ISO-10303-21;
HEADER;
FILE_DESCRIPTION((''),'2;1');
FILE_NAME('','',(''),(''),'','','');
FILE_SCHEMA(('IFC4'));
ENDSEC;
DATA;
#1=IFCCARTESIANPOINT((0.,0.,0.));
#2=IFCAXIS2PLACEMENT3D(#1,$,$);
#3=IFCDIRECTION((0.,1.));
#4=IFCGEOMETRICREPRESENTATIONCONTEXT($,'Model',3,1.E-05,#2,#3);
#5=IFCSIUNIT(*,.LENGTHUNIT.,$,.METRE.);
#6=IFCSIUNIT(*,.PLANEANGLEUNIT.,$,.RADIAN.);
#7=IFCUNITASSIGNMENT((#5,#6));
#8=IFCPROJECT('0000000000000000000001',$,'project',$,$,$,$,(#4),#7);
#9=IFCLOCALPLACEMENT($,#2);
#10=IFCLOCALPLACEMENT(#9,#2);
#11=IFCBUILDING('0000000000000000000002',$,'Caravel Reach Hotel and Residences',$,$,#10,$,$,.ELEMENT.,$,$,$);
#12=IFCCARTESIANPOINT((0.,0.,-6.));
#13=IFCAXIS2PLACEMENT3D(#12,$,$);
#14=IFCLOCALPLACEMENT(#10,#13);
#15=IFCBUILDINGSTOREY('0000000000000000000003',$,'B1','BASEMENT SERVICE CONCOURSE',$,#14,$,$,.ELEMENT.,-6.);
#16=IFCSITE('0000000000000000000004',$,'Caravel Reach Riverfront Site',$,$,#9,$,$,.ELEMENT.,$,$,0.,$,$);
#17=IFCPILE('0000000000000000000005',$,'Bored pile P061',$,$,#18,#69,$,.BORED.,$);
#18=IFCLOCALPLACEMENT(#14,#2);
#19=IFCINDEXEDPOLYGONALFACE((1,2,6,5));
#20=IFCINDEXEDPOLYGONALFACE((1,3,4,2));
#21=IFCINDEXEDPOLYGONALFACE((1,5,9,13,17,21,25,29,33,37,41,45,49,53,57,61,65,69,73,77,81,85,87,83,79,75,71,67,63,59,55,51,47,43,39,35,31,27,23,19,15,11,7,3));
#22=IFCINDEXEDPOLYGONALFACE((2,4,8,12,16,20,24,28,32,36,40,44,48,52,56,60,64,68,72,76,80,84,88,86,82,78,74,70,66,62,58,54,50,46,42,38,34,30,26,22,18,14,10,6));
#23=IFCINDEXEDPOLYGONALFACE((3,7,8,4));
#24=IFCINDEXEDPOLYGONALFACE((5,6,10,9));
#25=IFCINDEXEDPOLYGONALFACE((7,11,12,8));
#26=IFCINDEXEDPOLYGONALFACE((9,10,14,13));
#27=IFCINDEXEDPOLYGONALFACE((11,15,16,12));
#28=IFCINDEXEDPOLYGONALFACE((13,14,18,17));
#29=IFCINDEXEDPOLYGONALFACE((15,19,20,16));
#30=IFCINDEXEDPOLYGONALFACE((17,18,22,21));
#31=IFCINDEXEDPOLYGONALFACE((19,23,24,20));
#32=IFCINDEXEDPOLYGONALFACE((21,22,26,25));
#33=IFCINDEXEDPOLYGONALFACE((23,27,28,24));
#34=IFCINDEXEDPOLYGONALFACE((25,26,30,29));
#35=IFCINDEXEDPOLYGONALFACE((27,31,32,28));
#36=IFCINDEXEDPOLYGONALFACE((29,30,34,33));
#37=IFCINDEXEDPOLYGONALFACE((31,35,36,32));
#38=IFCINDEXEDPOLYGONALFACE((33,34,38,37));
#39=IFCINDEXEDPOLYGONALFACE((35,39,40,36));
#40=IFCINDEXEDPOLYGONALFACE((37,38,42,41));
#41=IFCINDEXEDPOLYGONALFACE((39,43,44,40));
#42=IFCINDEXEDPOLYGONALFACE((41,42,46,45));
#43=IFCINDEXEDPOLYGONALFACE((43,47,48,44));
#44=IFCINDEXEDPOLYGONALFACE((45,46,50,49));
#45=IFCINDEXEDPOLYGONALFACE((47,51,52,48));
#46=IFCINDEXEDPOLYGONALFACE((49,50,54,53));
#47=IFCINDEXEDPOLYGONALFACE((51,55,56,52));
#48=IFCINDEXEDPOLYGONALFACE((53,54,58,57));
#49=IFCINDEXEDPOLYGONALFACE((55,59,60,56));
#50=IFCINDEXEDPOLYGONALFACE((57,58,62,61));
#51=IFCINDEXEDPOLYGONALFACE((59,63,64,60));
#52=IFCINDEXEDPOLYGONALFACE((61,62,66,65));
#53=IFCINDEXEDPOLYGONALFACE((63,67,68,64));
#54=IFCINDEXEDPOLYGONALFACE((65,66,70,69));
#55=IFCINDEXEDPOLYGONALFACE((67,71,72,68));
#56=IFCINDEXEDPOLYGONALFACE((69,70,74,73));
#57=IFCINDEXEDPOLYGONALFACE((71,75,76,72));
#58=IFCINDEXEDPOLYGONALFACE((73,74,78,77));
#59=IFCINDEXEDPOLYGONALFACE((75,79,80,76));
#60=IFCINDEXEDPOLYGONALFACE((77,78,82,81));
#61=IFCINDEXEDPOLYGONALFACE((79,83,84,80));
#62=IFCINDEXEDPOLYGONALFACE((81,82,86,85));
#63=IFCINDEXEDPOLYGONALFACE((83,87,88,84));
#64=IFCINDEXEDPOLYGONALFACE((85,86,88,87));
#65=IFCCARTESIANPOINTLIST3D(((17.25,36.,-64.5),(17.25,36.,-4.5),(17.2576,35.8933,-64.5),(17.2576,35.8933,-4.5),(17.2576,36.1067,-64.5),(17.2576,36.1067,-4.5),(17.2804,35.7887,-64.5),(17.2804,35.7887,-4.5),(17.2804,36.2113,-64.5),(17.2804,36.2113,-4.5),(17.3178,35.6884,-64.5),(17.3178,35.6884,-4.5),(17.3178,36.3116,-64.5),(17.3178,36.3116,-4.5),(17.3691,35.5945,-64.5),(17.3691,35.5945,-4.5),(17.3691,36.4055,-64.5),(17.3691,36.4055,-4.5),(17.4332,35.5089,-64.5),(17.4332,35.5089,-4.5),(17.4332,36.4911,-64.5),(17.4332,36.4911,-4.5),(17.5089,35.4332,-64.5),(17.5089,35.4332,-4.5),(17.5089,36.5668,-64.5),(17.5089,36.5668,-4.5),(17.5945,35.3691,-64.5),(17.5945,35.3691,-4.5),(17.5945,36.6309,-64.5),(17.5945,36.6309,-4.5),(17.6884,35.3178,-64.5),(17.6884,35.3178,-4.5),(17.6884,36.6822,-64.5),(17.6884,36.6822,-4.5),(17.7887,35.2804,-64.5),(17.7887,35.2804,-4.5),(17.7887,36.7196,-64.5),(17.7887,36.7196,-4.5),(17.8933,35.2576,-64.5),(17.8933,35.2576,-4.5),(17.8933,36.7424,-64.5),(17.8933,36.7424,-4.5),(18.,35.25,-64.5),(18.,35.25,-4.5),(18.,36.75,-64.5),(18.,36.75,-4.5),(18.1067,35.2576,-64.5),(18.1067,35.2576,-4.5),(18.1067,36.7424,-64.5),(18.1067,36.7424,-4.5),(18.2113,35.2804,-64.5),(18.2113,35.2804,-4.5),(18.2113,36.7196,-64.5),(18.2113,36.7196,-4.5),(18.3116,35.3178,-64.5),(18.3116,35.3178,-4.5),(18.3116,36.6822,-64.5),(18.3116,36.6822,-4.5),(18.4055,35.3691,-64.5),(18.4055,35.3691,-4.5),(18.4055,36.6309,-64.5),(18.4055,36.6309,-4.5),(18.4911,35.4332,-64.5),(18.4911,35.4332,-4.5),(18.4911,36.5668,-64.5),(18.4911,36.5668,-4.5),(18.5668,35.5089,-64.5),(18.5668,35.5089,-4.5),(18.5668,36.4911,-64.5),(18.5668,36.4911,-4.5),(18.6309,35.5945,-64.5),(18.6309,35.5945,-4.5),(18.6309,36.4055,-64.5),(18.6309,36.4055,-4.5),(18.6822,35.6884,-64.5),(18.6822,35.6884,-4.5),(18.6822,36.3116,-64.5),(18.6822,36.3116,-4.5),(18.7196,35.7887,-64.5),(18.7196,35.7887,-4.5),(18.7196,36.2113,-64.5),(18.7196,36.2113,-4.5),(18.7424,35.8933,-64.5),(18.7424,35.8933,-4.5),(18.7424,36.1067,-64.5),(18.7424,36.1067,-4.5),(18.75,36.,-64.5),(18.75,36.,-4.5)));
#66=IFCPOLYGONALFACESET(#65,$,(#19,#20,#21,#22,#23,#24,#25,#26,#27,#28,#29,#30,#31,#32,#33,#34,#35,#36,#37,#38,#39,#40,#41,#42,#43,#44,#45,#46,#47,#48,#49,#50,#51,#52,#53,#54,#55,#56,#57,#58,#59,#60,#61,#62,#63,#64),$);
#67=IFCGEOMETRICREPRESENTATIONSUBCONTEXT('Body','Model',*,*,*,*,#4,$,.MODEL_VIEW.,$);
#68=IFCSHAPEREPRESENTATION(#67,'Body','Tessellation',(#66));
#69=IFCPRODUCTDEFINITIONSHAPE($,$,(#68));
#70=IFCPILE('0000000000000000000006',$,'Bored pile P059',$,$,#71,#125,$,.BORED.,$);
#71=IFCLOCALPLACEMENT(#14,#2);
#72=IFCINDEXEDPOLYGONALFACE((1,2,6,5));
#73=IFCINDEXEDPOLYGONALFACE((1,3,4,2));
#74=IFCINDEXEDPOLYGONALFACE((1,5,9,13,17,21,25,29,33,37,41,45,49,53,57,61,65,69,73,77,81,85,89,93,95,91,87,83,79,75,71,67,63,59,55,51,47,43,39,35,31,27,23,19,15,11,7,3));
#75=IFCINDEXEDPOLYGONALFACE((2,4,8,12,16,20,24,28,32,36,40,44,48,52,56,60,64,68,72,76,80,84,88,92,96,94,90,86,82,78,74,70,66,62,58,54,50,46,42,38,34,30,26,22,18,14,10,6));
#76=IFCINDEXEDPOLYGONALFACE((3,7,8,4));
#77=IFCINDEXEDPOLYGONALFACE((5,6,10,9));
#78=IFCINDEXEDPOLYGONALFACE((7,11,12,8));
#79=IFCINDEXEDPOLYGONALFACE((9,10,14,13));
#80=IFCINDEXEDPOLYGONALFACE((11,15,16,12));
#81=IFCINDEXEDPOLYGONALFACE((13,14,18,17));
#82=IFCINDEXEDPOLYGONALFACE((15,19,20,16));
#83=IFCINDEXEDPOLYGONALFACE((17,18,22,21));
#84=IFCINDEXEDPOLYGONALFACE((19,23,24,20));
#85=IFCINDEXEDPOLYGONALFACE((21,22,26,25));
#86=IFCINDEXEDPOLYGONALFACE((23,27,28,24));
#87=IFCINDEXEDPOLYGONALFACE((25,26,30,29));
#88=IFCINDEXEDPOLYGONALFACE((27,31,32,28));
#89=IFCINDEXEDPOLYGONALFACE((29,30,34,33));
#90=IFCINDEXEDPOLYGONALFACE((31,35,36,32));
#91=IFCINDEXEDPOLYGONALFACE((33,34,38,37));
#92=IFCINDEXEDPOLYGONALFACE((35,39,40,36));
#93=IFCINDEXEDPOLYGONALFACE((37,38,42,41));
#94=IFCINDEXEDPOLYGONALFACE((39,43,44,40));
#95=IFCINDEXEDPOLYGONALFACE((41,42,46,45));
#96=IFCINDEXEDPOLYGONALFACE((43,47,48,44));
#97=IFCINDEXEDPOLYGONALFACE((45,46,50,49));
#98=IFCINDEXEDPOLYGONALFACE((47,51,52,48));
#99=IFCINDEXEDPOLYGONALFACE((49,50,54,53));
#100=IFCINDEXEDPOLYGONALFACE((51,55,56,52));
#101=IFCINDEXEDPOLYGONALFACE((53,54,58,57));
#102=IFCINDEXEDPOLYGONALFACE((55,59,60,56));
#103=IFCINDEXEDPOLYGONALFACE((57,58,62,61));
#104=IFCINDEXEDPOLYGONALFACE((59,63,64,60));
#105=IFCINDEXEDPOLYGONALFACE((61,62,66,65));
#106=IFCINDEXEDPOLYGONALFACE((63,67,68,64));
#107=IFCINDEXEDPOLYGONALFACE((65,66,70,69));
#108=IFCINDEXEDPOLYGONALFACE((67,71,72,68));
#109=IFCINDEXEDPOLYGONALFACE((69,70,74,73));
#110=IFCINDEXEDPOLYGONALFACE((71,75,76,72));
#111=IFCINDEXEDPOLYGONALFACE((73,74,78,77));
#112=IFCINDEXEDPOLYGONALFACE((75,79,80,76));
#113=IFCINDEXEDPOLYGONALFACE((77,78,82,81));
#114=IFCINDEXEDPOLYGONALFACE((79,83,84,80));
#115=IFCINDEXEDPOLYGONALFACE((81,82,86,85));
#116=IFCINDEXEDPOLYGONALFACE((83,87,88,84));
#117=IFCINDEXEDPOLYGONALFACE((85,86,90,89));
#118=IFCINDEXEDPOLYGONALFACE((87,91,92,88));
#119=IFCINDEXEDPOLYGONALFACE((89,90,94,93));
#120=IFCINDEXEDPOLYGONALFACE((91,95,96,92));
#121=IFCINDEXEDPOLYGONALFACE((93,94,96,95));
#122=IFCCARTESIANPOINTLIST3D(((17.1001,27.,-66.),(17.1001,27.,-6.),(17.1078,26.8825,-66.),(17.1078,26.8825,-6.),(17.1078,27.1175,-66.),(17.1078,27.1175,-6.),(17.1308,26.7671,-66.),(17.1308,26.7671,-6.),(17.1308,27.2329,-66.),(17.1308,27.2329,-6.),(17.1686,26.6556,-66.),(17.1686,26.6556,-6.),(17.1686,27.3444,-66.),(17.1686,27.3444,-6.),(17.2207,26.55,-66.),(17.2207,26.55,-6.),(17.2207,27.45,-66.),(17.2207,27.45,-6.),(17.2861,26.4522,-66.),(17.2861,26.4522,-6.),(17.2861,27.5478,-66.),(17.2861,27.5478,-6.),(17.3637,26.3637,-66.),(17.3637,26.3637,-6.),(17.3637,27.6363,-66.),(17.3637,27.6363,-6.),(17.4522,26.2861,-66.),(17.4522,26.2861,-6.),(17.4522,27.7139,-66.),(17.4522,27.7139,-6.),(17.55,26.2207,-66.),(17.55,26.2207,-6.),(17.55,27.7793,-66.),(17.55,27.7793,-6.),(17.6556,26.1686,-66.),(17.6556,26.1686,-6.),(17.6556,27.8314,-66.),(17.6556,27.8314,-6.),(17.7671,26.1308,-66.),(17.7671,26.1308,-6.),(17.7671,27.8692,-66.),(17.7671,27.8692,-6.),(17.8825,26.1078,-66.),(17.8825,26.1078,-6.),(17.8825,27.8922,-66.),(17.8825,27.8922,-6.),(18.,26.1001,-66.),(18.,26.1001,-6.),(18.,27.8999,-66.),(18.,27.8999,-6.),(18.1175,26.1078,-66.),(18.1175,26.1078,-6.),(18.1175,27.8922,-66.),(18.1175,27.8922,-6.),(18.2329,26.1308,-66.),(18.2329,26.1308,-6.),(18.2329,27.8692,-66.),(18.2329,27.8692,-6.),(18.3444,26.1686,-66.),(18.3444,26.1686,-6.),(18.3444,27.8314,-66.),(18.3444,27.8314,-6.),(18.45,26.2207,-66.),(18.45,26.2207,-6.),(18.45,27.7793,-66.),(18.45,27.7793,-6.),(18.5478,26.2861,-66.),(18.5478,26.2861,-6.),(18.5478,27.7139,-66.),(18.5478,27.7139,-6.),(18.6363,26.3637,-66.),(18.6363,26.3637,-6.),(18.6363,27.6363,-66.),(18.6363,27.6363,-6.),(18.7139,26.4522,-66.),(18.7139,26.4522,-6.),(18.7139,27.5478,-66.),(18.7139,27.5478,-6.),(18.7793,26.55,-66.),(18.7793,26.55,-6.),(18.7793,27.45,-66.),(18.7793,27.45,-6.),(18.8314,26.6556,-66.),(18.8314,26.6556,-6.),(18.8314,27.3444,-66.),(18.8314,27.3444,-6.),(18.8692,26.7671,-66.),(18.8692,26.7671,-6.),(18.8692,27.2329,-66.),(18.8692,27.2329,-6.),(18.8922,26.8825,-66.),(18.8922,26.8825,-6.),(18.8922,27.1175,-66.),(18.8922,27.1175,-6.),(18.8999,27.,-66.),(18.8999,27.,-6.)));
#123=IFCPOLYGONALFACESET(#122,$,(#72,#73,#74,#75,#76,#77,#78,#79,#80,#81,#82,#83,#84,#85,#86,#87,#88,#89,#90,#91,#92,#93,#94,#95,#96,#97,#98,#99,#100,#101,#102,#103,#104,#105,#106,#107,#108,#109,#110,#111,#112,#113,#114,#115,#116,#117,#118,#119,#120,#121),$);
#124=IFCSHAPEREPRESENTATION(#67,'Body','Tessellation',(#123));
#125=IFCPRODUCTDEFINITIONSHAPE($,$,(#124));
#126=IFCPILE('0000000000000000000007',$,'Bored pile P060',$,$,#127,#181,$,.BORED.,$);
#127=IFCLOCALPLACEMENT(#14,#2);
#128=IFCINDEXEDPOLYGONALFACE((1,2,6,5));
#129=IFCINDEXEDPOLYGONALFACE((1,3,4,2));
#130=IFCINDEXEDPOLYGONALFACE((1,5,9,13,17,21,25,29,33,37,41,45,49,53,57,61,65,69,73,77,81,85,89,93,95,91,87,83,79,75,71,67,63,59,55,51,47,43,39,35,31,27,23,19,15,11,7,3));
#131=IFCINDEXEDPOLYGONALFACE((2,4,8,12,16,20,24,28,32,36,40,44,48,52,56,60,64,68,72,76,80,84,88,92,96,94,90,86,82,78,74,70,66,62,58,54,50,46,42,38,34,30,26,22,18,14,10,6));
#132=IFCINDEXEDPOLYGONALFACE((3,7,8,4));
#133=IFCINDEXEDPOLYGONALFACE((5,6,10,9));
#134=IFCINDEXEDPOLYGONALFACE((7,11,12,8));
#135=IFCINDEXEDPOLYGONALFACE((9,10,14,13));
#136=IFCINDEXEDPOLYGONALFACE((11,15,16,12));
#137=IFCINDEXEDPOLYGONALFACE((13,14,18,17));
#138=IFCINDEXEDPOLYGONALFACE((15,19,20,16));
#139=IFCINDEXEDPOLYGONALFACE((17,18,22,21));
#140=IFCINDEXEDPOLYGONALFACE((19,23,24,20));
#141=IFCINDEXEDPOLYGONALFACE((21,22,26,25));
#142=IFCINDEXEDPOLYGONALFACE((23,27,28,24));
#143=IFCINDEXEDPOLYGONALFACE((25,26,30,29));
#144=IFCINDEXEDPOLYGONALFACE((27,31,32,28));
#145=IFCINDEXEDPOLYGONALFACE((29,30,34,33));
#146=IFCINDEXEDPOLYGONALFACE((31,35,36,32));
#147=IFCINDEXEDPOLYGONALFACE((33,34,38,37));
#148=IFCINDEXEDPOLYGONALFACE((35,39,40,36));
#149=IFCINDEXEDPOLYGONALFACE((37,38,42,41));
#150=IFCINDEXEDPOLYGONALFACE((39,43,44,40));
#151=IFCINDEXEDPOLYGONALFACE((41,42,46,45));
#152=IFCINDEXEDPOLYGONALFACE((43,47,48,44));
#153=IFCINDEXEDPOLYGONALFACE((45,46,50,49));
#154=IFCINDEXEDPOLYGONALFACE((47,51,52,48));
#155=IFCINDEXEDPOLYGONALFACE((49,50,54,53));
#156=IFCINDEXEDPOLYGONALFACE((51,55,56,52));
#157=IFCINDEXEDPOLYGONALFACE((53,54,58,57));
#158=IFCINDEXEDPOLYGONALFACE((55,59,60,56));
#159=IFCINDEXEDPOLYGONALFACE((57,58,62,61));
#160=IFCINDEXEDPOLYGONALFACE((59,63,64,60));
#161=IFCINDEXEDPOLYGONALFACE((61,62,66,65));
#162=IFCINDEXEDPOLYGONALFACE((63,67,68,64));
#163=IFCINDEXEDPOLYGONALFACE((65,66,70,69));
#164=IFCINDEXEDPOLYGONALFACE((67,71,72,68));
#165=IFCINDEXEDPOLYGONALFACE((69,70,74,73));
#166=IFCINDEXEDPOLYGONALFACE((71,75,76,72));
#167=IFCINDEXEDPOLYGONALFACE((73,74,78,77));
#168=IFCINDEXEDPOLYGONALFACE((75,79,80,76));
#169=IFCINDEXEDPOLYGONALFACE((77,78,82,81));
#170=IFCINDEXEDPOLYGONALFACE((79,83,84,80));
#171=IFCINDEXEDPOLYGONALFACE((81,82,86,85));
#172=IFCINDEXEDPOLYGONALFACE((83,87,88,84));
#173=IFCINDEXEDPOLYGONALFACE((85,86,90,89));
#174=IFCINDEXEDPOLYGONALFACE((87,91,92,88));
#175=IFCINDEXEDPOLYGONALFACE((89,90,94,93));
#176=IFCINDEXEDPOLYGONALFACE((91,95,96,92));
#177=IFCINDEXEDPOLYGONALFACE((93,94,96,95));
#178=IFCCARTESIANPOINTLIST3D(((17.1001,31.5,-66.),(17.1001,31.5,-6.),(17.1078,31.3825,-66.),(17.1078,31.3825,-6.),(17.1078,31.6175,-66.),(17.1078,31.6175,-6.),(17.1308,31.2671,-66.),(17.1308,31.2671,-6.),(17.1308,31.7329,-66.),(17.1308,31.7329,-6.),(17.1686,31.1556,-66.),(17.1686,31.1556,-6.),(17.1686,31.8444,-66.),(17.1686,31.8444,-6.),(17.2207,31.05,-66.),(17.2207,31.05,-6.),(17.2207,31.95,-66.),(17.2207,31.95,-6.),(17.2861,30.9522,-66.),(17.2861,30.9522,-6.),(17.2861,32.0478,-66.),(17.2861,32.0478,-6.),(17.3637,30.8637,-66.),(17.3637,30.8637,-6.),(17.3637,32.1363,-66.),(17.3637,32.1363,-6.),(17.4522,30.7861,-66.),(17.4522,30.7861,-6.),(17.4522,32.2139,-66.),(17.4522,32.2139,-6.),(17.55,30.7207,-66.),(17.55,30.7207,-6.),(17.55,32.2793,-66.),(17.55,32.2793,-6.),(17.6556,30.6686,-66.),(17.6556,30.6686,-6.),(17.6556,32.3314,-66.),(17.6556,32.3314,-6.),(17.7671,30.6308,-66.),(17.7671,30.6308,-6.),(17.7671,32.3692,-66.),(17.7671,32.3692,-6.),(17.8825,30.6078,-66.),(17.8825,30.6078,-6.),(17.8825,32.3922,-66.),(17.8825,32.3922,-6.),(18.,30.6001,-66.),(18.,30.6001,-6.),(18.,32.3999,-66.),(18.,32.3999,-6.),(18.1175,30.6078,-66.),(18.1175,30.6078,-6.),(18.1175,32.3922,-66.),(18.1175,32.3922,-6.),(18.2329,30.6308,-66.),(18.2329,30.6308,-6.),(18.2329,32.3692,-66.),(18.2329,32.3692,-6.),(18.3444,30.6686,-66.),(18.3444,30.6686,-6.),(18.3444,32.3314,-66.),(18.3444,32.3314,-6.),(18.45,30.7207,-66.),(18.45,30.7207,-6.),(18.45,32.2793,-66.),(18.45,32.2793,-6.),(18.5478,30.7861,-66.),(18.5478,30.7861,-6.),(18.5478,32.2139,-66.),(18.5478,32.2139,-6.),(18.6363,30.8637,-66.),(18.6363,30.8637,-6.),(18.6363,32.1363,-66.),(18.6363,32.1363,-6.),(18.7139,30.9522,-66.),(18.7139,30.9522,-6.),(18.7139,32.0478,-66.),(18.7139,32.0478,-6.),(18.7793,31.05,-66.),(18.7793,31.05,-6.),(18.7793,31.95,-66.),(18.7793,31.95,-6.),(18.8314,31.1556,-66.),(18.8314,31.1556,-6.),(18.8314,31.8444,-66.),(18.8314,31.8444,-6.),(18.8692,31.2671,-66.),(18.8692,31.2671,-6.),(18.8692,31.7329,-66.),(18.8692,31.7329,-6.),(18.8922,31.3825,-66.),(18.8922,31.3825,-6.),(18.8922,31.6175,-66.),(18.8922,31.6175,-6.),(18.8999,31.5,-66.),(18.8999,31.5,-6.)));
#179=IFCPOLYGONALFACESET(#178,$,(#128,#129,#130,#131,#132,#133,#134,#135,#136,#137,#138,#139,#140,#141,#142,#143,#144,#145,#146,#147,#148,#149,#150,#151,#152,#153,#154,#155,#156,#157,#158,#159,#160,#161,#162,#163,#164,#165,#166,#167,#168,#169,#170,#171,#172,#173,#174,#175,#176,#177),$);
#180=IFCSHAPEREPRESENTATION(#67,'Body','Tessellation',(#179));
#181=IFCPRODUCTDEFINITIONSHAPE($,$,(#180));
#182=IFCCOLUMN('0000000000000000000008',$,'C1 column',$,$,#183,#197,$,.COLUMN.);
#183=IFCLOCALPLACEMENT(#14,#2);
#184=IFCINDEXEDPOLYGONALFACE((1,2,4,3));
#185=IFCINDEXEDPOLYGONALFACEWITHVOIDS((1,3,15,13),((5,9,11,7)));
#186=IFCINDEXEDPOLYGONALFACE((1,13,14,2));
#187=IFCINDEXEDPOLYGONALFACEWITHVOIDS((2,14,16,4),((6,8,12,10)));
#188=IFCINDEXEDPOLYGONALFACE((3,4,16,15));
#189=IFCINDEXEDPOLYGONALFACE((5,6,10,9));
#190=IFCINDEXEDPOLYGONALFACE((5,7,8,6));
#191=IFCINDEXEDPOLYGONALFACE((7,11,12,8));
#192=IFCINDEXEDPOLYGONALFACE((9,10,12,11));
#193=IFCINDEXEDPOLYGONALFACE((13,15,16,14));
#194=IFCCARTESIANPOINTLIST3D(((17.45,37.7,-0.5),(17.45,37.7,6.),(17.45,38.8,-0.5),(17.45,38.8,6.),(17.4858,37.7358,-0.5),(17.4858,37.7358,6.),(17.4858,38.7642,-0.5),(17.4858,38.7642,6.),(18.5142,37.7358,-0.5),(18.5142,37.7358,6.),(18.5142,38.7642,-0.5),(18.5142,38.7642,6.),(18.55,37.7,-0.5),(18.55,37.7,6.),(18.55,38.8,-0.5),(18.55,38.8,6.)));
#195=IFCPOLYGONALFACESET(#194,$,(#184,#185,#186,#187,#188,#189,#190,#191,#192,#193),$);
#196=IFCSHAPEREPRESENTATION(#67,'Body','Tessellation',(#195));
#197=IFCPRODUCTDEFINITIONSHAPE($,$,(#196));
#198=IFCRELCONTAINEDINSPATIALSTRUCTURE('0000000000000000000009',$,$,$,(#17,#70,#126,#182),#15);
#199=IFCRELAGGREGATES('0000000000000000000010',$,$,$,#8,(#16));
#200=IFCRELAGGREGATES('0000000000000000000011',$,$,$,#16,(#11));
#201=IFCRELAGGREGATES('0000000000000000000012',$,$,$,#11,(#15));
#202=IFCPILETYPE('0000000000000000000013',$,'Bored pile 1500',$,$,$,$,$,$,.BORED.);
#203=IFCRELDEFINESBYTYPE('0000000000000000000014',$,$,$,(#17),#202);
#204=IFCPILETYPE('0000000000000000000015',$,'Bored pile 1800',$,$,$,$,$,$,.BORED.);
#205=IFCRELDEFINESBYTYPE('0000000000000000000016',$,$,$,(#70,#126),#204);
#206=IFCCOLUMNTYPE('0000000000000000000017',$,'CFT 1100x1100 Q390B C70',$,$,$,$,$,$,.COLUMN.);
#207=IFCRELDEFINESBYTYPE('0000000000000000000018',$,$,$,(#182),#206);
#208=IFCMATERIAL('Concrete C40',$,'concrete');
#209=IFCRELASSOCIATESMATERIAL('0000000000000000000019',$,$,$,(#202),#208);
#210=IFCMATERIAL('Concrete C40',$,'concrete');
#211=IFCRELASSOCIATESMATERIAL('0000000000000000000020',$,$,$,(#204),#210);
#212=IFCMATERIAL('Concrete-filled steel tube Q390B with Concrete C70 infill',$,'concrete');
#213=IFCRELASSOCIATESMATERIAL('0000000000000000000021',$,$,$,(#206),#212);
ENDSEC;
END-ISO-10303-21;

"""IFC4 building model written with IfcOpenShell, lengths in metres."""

from ifc_helpers import new_model, si_unit, direction, frame, origin, origin_2d, place, context, subcontext, project, spatial, hollow_rectangle, circle, extrude, material, material_profile, profile_set, type_object, element, save


model = new_model("IFC4")

# Units and contexts
model_context = context("Model", 3, precision=1e-05, world=origin(), true_north=direction((0.0, 1.0)))
body_context = subcontext(model_context, "Body", "Model", "MODEL_VIEW")
ifc_project = project(units=[si_unit("LENGTHUNIT", "METRE"), si_unit("PLANEANGLEUNIT", "RADIAN")], contexts=[model_context])

# Site, building, storey
site_placement = place(None, origin())
site = spatial("IfcSite", under=ifc_project, at=site_placement, Name="Caravel Reach Riverfront Site", CompositionType="ELEMENT", RefElevation=0.0)
building_placement = place(site_placement, origin())
building = spatial("IfcBuilding", under=site, at=building_placement, Name="Caravel Reach Hotel and Residences", CompositionType="ELEMENT")
storey_placement = place(building_placement, frame((0.0, 0.0, -6.0)))
storey = spatial("IfcBuildingStorey", under=building, at=storey_placement, Name="B1", Description="BASEMENT SERVICE CONCOURSE", CompositionType="ELEMENT", Elevation=-6.0)

# Piles
ifc_material_1 = material(Name="Concrete C40", Category="concrete")
ifc_material_profile_1 = material_profile(ifc_material_1, circle(Radius=0.75, at=origin_2d()), Name="PILE 1500")
ifc_profile_set_1 = profile_set([ifc_material_profile_1], Name="Concrete C40")
pile_type_1 = type_object("IfcPileType", Name="Bored pile 1500", PredefinedType="BORED", material=ifc_profile_set_1)
for number, where, z_axis, x_axis, name in (
    (1, (18.0, 36.0, -4.5), (0.0, 0.0, -1.0), (1.0, 0.0, 0.0), "Bored pile P061"),
):
    element("IfcPile", number, at=place(storey_placement, frame(where, z_axis=z_axis, x_axis=x_axis)), inside=storey, type_object=pile_type_1, Name=name, PredefinedType="BORED", context=body_context, shape_type="SweptSolid", body=[
        extrude(circle(Radius=0.75, at=origin_2d()), origin(), (0.0, 0.0, 1.0), 60.0),
    ])
ifc_material_2 = material(Name="Concrete C40", Category="concrete")
ifc_material_profile_2 = material_profile(ifc_material_2, circle(Radius=0.8999, at=origin_2d()), Name="PILE 1800")
ifc_profile_set_2 = profile_set([ifc_material_profile_2], Name="Concrete C40")
pile_type_2 = type_object("IfcPileType", Name="Bored pile 1800", PredefinedType="BORED", material=ifc_profile_set_2)
for number, where, z_axis, x_axis, name in (
    (2, (18.0, 27.0, -6.0), (0.0, 0.0, -1.0), (1.0, 0.0, 0.0), "Bored pile P059"),
    (3, (18.0, 31.5, -6.0), (0.0, 0.0, -1.0), (1.0, 0.0, 0.0), "Bored pile P060"),
):
    element("IfcPile", number, at=place(storey_placement, frame(where, z_axis=z_axis, x_axis=x_axis)), inside=storey, type_object=pile_type_2, Name=name, PredefinedType="BORED", context=body_context, shape_type="SweptSolid", body=[
        extrude(circle(Radius=0.8999, at=origin_2d()), origin(), (0.0, 0.0, 1.0), 60.0),
    ])

# Column
ifc_material_3 = material(Name="Concrete-filled steel tube Q390B with Concrete C70 infill", Category="concrete")
ifc_material_profile_3 = material_profile(ifc_material_3, hollow_rectangle(XDim=1.1001, YDim=1.1001, WallThickness=0.0359, at=origin_2d()), Name="RHS 1100x1100x36")
ifc_profile_set_3 = profile_set([ifc_material_profile_3], Name="Concrete-filled steel tube Q390B with Concrete C70 infill")
column_type_1 = type_object("IfcColumnType", Name="CFT 1100x1100 Q390B C70", PredefinedType="COLUMN", material=ifc_profile_set_3)
for number, where, z_axis, x_axis, name in (
    (4, (18.0, 38.25, -0.5), (0.0, 0.0, 1.0), (1.0, 0.0, 0.0), "C1 column"),
):
    element("IfcColumn", number, at=place(storey_placement, frame(where, z_axis=z_axis, x_axis=x_axis)), inside=storey, type_object=column_type_1, Name=name, PredefinedType="COLUMN", context=body_context, shape_type="SweptSolid", body=[
        extrude(hollow_rectangle(XDim=1.1001, YDim=1.1001, WallThickness=0.0359, at=origin_2d()), origin(), (0.0, 0.0, 1.0), 6.5),
    ])

save(model, "model.ifc")
